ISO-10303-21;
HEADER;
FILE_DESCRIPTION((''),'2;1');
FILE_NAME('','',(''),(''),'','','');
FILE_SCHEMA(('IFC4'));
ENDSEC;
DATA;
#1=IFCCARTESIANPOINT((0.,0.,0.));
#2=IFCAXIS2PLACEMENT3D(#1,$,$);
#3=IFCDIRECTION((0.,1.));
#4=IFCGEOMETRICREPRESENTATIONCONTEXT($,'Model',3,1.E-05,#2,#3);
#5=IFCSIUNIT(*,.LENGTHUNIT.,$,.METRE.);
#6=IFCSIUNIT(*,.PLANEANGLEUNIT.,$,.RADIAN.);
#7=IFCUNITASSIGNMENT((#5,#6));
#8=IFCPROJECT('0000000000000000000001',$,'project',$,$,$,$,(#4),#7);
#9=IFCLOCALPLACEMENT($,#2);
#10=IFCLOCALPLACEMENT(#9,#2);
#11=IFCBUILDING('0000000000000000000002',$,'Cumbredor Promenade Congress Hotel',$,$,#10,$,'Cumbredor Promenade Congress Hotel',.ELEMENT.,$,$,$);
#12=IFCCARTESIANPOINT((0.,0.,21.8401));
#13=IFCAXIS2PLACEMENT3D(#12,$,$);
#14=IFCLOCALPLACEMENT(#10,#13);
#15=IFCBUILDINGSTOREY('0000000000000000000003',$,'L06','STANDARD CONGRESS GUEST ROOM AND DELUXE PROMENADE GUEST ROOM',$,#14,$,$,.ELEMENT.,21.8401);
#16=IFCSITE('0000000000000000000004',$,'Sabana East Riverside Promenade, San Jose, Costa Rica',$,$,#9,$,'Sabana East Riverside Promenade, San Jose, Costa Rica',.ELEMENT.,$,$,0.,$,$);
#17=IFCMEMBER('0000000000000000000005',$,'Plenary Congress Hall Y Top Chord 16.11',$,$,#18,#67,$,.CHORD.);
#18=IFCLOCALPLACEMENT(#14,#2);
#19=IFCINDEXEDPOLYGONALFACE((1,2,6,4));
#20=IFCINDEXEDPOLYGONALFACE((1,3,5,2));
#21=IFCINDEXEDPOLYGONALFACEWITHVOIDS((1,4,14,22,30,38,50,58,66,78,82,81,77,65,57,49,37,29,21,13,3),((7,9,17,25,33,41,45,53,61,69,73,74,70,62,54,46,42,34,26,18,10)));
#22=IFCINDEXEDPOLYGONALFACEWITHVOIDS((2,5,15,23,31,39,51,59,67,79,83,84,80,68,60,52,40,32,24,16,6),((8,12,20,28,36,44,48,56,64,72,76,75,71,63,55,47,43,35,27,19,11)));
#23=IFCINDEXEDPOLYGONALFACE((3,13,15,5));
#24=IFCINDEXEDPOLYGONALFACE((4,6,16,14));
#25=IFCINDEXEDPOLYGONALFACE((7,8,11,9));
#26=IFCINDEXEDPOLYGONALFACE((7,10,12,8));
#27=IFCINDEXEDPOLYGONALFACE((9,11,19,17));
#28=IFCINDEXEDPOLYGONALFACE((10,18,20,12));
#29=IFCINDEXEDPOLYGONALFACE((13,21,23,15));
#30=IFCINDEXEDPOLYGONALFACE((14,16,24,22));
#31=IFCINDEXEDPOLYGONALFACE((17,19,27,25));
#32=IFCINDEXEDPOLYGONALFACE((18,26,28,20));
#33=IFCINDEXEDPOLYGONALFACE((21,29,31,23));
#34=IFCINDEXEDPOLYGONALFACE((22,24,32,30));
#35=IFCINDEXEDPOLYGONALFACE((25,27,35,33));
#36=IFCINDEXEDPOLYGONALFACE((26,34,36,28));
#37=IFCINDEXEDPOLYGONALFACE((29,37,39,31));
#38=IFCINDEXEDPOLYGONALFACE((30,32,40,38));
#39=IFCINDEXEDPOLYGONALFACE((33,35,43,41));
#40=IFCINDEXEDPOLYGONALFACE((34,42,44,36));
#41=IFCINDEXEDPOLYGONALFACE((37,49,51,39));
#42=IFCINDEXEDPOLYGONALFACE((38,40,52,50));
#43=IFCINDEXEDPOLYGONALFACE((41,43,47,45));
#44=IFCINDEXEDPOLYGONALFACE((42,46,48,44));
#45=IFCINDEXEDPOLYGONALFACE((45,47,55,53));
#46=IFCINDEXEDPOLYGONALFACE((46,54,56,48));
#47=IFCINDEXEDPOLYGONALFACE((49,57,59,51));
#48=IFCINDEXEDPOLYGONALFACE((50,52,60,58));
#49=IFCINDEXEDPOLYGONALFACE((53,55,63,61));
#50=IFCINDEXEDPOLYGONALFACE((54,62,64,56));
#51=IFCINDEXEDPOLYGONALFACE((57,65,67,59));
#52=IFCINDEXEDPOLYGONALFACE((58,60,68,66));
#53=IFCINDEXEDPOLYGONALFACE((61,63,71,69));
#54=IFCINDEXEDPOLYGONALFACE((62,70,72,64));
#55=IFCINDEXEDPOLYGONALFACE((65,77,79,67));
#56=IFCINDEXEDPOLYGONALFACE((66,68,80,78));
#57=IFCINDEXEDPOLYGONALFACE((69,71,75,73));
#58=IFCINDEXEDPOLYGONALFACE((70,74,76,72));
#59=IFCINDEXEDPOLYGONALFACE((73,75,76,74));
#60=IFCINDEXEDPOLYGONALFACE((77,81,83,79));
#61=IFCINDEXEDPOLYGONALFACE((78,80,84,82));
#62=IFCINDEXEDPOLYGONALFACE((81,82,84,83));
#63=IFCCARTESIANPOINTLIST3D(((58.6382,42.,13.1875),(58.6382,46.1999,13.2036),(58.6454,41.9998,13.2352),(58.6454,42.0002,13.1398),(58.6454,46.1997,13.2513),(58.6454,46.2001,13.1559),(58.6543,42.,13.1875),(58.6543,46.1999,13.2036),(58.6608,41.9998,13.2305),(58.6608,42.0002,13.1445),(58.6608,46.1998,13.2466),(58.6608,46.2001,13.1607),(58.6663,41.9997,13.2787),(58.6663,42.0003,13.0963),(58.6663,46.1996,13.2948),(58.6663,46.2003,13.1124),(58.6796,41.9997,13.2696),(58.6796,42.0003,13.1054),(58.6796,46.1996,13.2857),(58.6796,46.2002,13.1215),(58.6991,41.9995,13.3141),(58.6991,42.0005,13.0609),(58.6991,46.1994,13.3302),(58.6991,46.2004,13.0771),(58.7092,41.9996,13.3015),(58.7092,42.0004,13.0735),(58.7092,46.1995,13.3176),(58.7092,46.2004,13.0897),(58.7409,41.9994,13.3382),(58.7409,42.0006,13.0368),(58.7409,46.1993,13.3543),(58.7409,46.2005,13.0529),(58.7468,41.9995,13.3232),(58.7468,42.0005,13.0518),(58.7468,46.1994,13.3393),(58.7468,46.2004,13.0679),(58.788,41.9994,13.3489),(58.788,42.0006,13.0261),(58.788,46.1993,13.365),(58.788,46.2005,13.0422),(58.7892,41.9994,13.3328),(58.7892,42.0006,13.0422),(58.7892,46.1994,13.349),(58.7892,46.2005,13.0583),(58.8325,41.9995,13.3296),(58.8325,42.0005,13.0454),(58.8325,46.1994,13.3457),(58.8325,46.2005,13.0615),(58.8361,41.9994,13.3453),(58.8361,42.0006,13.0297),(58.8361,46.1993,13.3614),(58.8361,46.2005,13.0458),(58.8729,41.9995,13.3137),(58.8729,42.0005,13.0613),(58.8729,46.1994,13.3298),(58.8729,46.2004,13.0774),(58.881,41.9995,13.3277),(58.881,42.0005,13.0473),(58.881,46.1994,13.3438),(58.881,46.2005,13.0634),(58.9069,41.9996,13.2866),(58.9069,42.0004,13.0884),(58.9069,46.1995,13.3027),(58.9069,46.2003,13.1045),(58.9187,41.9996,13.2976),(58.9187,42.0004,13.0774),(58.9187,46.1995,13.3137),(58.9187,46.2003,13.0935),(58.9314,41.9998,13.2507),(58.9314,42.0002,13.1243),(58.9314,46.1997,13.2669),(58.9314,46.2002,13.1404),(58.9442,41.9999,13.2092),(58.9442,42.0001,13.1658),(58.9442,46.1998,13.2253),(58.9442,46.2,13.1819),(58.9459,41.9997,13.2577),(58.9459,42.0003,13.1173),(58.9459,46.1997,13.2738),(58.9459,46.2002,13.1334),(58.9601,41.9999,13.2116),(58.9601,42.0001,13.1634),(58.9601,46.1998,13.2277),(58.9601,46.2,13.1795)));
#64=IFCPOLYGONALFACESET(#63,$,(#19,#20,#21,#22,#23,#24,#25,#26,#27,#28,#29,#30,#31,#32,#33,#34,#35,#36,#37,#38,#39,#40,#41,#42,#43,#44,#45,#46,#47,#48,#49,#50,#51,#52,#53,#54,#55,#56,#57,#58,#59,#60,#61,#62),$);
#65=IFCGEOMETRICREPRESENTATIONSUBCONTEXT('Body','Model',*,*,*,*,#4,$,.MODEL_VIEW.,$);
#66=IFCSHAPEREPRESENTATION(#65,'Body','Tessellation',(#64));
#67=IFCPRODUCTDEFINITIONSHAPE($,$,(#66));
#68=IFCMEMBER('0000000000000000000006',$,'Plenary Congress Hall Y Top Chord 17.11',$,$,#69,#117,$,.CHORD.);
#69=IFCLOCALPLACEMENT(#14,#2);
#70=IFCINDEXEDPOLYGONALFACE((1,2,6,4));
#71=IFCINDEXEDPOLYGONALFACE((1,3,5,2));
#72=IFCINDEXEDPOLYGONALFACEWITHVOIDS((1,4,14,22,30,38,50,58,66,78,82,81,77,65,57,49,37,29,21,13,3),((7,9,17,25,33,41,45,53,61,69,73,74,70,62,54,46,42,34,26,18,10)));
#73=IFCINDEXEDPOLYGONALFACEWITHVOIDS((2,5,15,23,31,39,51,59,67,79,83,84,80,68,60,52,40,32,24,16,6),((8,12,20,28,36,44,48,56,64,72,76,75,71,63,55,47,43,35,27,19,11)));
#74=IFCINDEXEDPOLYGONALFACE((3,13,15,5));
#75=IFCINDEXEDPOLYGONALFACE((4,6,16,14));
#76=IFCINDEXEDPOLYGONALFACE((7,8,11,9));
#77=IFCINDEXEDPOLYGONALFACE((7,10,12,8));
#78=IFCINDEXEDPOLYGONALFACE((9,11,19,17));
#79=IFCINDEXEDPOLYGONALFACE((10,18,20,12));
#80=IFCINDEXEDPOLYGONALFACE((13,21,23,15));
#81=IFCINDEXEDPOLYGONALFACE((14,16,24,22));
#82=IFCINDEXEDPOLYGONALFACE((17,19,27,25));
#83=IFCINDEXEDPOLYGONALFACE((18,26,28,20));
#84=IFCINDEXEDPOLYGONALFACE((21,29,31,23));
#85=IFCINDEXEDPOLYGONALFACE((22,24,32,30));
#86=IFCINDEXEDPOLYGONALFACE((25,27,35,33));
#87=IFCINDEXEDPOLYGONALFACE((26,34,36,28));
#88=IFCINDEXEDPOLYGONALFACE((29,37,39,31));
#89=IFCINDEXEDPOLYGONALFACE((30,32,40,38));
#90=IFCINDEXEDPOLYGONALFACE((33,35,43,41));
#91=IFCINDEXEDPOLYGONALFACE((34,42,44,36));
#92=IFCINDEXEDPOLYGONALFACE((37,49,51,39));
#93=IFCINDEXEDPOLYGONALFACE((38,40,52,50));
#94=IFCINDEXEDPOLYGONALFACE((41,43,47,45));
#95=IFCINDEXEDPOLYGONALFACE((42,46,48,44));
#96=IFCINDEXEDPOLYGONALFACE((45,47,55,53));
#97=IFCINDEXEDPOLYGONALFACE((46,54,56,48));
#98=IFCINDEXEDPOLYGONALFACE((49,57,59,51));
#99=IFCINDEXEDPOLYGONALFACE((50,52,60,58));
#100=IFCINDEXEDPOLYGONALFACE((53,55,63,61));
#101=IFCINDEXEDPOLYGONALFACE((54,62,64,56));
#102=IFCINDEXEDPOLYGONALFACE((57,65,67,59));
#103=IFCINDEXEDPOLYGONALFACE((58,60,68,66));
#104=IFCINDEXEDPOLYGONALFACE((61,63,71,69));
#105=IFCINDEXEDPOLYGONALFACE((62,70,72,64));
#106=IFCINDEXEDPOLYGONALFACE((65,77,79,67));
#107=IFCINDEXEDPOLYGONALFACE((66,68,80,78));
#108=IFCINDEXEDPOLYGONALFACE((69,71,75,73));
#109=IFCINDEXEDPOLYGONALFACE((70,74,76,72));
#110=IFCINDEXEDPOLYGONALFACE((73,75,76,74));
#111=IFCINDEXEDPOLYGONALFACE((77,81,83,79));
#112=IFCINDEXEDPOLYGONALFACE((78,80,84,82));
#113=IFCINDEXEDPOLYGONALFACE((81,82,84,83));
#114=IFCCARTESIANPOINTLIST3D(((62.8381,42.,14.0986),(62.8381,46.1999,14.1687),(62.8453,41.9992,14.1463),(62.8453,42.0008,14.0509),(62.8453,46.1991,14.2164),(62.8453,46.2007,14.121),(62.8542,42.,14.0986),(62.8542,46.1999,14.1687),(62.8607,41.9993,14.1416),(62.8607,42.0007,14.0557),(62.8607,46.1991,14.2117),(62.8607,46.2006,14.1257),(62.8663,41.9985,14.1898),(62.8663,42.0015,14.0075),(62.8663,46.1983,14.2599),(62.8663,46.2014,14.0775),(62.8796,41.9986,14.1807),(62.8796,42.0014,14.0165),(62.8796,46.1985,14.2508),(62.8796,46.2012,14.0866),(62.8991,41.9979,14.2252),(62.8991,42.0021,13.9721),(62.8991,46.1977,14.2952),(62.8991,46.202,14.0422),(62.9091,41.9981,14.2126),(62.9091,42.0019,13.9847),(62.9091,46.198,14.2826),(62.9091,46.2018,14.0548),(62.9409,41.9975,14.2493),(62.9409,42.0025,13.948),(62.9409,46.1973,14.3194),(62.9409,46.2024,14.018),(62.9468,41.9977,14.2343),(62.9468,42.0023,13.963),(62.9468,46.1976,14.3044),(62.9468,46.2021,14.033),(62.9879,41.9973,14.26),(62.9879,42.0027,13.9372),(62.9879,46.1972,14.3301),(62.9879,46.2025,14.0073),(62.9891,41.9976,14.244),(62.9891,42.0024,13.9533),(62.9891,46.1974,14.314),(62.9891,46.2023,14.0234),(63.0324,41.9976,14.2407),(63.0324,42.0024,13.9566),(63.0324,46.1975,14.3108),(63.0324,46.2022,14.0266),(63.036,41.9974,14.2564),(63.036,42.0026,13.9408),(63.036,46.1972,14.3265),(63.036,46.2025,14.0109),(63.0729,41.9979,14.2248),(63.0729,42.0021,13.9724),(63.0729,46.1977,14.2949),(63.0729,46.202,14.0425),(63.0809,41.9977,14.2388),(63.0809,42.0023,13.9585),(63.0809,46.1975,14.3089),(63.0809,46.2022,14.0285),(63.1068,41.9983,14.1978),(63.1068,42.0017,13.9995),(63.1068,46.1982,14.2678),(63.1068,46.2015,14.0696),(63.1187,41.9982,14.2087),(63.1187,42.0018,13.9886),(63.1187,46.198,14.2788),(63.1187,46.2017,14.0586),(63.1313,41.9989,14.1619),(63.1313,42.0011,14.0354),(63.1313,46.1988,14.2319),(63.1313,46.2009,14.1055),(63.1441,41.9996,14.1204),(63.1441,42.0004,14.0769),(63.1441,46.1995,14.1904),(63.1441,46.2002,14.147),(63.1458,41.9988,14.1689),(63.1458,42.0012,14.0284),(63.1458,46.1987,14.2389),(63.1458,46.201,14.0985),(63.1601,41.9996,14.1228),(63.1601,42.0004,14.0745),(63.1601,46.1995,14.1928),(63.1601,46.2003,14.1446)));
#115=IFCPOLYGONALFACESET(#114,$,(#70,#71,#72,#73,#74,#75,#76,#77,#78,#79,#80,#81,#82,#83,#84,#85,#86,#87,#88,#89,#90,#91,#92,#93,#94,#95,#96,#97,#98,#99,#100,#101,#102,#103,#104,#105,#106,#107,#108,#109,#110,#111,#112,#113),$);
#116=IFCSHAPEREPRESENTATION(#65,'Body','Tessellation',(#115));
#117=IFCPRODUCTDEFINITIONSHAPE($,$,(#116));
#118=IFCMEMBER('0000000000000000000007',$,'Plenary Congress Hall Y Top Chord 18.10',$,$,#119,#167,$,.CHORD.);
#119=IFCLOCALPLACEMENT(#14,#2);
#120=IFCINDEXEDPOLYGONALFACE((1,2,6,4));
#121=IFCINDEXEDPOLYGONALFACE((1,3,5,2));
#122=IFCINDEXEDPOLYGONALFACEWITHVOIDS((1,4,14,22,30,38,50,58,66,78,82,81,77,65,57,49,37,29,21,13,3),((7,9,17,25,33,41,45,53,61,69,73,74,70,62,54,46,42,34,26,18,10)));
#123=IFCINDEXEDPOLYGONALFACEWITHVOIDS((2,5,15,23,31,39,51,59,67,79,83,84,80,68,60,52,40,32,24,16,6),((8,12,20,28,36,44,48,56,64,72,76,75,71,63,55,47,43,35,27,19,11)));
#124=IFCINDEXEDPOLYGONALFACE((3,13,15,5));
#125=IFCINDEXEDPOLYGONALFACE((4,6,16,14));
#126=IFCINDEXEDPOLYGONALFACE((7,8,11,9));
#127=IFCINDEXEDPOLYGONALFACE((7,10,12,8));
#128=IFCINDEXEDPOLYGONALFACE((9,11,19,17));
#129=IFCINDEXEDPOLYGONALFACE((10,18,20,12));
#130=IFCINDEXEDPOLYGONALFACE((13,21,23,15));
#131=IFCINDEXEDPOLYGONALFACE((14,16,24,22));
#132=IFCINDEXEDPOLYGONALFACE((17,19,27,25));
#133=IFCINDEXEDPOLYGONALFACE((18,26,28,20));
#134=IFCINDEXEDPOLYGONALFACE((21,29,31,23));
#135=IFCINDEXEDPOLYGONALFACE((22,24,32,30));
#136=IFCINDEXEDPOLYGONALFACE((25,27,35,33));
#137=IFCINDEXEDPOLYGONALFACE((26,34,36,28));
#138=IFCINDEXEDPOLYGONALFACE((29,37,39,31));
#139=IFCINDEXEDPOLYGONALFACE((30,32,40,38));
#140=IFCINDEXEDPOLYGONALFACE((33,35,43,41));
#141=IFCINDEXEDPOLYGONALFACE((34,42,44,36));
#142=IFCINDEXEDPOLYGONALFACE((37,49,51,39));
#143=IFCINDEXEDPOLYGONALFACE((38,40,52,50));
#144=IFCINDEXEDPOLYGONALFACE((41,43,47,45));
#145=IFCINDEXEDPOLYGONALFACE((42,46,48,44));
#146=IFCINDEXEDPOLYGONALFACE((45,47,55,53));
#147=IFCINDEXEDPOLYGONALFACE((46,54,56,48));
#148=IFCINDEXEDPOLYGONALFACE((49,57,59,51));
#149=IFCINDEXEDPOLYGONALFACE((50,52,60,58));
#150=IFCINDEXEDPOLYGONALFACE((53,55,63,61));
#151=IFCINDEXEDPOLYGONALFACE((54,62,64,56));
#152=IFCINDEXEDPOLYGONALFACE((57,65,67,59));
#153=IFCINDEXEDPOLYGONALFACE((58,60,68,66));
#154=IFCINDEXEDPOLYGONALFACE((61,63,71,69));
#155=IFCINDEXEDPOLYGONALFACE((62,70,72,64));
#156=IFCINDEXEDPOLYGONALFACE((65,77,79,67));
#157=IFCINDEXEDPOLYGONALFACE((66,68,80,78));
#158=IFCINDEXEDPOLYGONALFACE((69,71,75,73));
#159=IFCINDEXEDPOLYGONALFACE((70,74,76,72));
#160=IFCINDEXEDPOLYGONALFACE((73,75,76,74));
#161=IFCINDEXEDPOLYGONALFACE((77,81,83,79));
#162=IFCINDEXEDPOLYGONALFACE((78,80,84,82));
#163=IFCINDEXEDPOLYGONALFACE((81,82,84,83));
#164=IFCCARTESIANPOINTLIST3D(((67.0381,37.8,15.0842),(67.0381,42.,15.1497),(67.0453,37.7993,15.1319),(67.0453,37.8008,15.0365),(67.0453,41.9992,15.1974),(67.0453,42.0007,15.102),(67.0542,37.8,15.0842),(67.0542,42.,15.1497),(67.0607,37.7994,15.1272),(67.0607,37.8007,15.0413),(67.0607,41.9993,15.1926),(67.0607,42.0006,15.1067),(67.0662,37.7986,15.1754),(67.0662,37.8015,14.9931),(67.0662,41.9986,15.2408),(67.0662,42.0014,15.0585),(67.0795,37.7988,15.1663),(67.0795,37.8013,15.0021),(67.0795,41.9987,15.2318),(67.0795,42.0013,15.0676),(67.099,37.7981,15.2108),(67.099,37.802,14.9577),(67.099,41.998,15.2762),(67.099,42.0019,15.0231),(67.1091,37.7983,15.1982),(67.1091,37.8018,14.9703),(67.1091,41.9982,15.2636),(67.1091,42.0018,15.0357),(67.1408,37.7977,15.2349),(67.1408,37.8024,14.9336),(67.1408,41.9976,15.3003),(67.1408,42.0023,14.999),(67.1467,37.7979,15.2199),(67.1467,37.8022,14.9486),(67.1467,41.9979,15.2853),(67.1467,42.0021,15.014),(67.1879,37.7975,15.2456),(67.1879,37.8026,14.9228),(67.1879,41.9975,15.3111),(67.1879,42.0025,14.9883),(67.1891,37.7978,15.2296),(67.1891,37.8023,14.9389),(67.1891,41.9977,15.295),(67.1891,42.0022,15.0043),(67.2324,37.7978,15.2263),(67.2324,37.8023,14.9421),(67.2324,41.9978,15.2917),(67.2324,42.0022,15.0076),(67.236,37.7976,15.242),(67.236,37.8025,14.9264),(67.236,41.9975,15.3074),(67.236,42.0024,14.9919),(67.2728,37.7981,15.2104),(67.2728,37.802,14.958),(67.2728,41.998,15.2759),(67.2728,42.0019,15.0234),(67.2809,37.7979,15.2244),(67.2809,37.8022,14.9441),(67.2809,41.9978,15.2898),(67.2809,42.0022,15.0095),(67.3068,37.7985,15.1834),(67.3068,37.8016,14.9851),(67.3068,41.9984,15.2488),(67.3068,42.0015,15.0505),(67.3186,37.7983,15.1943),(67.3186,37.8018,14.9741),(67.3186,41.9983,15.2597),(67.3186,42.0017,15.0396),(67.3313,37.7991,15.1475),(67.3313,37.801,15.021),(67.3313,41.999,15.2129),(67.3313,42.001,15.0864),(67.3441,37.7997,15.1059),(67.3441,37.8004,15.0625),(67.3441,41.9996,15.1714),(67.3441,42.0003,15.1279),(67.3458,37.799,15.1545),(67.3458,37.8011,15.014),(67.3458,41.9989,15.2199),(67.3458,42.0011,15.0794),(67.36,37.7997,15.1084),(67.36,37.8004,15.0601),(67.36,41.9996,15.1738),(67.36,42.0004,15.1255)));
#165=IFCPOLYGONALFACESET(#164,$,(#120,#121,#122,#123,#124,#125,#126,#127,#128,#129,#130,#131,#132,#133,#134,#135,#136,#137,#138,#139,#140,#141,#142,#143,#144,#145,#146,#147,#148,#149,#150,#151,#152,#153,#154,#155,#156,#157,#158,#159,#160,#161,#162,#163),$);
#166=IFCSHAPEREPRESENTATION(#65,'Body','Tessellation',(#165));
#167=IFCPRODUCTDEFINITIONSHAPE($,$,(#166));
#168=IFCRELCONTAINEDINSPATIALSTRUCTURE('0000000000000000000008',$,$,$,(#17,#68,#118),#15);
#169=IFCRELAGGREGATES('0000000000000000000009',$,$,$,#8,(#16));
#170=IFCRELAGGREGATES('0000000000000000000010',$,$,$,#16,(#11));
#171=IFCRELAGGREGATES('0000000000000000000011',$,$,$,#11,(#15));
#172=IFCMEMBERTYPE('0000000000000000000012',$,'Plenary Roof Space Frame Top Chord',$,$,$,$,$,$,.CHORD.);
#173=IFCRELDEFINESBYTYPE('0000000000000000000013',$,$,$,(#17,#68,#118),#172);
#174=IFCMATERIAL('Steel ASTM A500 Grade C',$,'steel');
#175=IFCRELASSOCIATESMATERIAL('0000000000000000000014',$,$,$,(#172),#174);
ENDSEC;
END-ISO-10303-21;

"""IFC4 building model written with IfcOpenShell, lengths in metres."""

from ifc_helpers import new_model, si_unit, direction, frame, origin, origin_2d, place, context, subcontext, project, spatial, hollow_circle, extrude, material, material_profile, profile_set, type_object, element, save


model = new_model("IFC4")

# Units and contexts
model_context = context("Model", 3, precision=1e-05, world=origin(), true_north=direction((0.0, 1.0)))
body_context = subcontext(model_context, "Body", "Model", "MODEL_VIEW")
ifc_project = project(units=[si_unit("LENGTHUNIT", "METRE"), si_unit("PLANEANGLEUNIT", "RADIAN")], contexts=[model_context])

# Site, building, storey
site_placement = place(None, origin())
site = spatial("IfcSite", under=ifc_project, at=site_placement, Name="Sabana East Riverside Promenade, San Jose, Costa Rica", LongName="Sabana East Riverside Promenade, San Jose, Costa Rica", CompositionType="ELEMENT", RefElevation=0.0)
building_placement = place(site_placement, origin())
building = spatial("IfcBuilding", under=site, at=building_placement, Name="Cumbredor Promenade Congress Hotel", LongName="Cumbredor Promenade Congress Hotel", CompositionType="ELEMENT")
storey_placement = place(building_placement, frame((0.0, 0.0, 21.8401)))
storey = spatial("IfcBuildingStorey", under=building, at=storey_placement, Name="L06", Description="STANDARD CONGRESS GUEST ROOM AND DELUXE PROMENADE GUEST ROOM", CompositionType="ELEMENT", Elevation=21.8401)

# Members
ifc_material_1 = material(Name="Steel ASTM A500 Grade C", Category="steel")
ifc_material_profile_1 = material_profile(ifc_material_1, hollow_circle(Radius=0.1619, WallThickness=0.0161, at=origin_2d()), Name="CHS 323.9x16")
ifc_profile_set_1 = profile_set([ifc_material_profile_1], Name="Steel ASTM A500 Grade C")
member_type_1 = type_object("IfcMemberType", Name="Plenary Roof Space Frame Top Chord", PredefinedType="CHORD", material=ifc_profile_set_1)
member_1_placement = place(storey_placement, frame((58.8, 42.0, 13.1875), z_axis=(0.0, 0.999993, 0.003837), x_axis=(-1.0, 0.0, 0.0)))
element("IfcMember", 1, at=member_1_placement, inside=storey, type_object=member_type_1, Name="Plenary Congress Hall Y Top Chord 16.11", PredefinedType="CHORD", context=body_context, shape_type="SweptSolid", body=[
    extrude(hollow_circle(Radius=0.1619, WallThickness=0.0161, at=origin_2d()), origin(), (0.0, 0.0, 1.0), 4.2),
])
for number, where, z_axis, x_axis, name in (
    (2, (63.0, 42.0, 14.0986), (0.0, 0.999861, 0.016681), (-1.0, 0.0, 0.0), "Plenary Congress Hall Y Top Chord 17.11"),
    (3, (67.2, 37.8, 15.0842), (0.0, 0.999879, 0.015577), (-1.0, 0.0, 0.0), "Plenary Congress Hall Y Top Chord 18.10"),
):
    element("IfcMember", number, at=place(storey_placement, frame(where, z_axis=z_axis, x_axis=x_axis)), inside=storey, type_object=member_type_1, Name=name, PredefinedType="CHORD", context=body_context, shape_type="SweptSolid", body=[
        extrude(hollow_circle(Radius=0.1619, WallThickness=0.0161, at=origin_2d()), origin(), (0.0, 0.0, 1.0), 4.2004),
    ])

save(model, "model.ifc")
